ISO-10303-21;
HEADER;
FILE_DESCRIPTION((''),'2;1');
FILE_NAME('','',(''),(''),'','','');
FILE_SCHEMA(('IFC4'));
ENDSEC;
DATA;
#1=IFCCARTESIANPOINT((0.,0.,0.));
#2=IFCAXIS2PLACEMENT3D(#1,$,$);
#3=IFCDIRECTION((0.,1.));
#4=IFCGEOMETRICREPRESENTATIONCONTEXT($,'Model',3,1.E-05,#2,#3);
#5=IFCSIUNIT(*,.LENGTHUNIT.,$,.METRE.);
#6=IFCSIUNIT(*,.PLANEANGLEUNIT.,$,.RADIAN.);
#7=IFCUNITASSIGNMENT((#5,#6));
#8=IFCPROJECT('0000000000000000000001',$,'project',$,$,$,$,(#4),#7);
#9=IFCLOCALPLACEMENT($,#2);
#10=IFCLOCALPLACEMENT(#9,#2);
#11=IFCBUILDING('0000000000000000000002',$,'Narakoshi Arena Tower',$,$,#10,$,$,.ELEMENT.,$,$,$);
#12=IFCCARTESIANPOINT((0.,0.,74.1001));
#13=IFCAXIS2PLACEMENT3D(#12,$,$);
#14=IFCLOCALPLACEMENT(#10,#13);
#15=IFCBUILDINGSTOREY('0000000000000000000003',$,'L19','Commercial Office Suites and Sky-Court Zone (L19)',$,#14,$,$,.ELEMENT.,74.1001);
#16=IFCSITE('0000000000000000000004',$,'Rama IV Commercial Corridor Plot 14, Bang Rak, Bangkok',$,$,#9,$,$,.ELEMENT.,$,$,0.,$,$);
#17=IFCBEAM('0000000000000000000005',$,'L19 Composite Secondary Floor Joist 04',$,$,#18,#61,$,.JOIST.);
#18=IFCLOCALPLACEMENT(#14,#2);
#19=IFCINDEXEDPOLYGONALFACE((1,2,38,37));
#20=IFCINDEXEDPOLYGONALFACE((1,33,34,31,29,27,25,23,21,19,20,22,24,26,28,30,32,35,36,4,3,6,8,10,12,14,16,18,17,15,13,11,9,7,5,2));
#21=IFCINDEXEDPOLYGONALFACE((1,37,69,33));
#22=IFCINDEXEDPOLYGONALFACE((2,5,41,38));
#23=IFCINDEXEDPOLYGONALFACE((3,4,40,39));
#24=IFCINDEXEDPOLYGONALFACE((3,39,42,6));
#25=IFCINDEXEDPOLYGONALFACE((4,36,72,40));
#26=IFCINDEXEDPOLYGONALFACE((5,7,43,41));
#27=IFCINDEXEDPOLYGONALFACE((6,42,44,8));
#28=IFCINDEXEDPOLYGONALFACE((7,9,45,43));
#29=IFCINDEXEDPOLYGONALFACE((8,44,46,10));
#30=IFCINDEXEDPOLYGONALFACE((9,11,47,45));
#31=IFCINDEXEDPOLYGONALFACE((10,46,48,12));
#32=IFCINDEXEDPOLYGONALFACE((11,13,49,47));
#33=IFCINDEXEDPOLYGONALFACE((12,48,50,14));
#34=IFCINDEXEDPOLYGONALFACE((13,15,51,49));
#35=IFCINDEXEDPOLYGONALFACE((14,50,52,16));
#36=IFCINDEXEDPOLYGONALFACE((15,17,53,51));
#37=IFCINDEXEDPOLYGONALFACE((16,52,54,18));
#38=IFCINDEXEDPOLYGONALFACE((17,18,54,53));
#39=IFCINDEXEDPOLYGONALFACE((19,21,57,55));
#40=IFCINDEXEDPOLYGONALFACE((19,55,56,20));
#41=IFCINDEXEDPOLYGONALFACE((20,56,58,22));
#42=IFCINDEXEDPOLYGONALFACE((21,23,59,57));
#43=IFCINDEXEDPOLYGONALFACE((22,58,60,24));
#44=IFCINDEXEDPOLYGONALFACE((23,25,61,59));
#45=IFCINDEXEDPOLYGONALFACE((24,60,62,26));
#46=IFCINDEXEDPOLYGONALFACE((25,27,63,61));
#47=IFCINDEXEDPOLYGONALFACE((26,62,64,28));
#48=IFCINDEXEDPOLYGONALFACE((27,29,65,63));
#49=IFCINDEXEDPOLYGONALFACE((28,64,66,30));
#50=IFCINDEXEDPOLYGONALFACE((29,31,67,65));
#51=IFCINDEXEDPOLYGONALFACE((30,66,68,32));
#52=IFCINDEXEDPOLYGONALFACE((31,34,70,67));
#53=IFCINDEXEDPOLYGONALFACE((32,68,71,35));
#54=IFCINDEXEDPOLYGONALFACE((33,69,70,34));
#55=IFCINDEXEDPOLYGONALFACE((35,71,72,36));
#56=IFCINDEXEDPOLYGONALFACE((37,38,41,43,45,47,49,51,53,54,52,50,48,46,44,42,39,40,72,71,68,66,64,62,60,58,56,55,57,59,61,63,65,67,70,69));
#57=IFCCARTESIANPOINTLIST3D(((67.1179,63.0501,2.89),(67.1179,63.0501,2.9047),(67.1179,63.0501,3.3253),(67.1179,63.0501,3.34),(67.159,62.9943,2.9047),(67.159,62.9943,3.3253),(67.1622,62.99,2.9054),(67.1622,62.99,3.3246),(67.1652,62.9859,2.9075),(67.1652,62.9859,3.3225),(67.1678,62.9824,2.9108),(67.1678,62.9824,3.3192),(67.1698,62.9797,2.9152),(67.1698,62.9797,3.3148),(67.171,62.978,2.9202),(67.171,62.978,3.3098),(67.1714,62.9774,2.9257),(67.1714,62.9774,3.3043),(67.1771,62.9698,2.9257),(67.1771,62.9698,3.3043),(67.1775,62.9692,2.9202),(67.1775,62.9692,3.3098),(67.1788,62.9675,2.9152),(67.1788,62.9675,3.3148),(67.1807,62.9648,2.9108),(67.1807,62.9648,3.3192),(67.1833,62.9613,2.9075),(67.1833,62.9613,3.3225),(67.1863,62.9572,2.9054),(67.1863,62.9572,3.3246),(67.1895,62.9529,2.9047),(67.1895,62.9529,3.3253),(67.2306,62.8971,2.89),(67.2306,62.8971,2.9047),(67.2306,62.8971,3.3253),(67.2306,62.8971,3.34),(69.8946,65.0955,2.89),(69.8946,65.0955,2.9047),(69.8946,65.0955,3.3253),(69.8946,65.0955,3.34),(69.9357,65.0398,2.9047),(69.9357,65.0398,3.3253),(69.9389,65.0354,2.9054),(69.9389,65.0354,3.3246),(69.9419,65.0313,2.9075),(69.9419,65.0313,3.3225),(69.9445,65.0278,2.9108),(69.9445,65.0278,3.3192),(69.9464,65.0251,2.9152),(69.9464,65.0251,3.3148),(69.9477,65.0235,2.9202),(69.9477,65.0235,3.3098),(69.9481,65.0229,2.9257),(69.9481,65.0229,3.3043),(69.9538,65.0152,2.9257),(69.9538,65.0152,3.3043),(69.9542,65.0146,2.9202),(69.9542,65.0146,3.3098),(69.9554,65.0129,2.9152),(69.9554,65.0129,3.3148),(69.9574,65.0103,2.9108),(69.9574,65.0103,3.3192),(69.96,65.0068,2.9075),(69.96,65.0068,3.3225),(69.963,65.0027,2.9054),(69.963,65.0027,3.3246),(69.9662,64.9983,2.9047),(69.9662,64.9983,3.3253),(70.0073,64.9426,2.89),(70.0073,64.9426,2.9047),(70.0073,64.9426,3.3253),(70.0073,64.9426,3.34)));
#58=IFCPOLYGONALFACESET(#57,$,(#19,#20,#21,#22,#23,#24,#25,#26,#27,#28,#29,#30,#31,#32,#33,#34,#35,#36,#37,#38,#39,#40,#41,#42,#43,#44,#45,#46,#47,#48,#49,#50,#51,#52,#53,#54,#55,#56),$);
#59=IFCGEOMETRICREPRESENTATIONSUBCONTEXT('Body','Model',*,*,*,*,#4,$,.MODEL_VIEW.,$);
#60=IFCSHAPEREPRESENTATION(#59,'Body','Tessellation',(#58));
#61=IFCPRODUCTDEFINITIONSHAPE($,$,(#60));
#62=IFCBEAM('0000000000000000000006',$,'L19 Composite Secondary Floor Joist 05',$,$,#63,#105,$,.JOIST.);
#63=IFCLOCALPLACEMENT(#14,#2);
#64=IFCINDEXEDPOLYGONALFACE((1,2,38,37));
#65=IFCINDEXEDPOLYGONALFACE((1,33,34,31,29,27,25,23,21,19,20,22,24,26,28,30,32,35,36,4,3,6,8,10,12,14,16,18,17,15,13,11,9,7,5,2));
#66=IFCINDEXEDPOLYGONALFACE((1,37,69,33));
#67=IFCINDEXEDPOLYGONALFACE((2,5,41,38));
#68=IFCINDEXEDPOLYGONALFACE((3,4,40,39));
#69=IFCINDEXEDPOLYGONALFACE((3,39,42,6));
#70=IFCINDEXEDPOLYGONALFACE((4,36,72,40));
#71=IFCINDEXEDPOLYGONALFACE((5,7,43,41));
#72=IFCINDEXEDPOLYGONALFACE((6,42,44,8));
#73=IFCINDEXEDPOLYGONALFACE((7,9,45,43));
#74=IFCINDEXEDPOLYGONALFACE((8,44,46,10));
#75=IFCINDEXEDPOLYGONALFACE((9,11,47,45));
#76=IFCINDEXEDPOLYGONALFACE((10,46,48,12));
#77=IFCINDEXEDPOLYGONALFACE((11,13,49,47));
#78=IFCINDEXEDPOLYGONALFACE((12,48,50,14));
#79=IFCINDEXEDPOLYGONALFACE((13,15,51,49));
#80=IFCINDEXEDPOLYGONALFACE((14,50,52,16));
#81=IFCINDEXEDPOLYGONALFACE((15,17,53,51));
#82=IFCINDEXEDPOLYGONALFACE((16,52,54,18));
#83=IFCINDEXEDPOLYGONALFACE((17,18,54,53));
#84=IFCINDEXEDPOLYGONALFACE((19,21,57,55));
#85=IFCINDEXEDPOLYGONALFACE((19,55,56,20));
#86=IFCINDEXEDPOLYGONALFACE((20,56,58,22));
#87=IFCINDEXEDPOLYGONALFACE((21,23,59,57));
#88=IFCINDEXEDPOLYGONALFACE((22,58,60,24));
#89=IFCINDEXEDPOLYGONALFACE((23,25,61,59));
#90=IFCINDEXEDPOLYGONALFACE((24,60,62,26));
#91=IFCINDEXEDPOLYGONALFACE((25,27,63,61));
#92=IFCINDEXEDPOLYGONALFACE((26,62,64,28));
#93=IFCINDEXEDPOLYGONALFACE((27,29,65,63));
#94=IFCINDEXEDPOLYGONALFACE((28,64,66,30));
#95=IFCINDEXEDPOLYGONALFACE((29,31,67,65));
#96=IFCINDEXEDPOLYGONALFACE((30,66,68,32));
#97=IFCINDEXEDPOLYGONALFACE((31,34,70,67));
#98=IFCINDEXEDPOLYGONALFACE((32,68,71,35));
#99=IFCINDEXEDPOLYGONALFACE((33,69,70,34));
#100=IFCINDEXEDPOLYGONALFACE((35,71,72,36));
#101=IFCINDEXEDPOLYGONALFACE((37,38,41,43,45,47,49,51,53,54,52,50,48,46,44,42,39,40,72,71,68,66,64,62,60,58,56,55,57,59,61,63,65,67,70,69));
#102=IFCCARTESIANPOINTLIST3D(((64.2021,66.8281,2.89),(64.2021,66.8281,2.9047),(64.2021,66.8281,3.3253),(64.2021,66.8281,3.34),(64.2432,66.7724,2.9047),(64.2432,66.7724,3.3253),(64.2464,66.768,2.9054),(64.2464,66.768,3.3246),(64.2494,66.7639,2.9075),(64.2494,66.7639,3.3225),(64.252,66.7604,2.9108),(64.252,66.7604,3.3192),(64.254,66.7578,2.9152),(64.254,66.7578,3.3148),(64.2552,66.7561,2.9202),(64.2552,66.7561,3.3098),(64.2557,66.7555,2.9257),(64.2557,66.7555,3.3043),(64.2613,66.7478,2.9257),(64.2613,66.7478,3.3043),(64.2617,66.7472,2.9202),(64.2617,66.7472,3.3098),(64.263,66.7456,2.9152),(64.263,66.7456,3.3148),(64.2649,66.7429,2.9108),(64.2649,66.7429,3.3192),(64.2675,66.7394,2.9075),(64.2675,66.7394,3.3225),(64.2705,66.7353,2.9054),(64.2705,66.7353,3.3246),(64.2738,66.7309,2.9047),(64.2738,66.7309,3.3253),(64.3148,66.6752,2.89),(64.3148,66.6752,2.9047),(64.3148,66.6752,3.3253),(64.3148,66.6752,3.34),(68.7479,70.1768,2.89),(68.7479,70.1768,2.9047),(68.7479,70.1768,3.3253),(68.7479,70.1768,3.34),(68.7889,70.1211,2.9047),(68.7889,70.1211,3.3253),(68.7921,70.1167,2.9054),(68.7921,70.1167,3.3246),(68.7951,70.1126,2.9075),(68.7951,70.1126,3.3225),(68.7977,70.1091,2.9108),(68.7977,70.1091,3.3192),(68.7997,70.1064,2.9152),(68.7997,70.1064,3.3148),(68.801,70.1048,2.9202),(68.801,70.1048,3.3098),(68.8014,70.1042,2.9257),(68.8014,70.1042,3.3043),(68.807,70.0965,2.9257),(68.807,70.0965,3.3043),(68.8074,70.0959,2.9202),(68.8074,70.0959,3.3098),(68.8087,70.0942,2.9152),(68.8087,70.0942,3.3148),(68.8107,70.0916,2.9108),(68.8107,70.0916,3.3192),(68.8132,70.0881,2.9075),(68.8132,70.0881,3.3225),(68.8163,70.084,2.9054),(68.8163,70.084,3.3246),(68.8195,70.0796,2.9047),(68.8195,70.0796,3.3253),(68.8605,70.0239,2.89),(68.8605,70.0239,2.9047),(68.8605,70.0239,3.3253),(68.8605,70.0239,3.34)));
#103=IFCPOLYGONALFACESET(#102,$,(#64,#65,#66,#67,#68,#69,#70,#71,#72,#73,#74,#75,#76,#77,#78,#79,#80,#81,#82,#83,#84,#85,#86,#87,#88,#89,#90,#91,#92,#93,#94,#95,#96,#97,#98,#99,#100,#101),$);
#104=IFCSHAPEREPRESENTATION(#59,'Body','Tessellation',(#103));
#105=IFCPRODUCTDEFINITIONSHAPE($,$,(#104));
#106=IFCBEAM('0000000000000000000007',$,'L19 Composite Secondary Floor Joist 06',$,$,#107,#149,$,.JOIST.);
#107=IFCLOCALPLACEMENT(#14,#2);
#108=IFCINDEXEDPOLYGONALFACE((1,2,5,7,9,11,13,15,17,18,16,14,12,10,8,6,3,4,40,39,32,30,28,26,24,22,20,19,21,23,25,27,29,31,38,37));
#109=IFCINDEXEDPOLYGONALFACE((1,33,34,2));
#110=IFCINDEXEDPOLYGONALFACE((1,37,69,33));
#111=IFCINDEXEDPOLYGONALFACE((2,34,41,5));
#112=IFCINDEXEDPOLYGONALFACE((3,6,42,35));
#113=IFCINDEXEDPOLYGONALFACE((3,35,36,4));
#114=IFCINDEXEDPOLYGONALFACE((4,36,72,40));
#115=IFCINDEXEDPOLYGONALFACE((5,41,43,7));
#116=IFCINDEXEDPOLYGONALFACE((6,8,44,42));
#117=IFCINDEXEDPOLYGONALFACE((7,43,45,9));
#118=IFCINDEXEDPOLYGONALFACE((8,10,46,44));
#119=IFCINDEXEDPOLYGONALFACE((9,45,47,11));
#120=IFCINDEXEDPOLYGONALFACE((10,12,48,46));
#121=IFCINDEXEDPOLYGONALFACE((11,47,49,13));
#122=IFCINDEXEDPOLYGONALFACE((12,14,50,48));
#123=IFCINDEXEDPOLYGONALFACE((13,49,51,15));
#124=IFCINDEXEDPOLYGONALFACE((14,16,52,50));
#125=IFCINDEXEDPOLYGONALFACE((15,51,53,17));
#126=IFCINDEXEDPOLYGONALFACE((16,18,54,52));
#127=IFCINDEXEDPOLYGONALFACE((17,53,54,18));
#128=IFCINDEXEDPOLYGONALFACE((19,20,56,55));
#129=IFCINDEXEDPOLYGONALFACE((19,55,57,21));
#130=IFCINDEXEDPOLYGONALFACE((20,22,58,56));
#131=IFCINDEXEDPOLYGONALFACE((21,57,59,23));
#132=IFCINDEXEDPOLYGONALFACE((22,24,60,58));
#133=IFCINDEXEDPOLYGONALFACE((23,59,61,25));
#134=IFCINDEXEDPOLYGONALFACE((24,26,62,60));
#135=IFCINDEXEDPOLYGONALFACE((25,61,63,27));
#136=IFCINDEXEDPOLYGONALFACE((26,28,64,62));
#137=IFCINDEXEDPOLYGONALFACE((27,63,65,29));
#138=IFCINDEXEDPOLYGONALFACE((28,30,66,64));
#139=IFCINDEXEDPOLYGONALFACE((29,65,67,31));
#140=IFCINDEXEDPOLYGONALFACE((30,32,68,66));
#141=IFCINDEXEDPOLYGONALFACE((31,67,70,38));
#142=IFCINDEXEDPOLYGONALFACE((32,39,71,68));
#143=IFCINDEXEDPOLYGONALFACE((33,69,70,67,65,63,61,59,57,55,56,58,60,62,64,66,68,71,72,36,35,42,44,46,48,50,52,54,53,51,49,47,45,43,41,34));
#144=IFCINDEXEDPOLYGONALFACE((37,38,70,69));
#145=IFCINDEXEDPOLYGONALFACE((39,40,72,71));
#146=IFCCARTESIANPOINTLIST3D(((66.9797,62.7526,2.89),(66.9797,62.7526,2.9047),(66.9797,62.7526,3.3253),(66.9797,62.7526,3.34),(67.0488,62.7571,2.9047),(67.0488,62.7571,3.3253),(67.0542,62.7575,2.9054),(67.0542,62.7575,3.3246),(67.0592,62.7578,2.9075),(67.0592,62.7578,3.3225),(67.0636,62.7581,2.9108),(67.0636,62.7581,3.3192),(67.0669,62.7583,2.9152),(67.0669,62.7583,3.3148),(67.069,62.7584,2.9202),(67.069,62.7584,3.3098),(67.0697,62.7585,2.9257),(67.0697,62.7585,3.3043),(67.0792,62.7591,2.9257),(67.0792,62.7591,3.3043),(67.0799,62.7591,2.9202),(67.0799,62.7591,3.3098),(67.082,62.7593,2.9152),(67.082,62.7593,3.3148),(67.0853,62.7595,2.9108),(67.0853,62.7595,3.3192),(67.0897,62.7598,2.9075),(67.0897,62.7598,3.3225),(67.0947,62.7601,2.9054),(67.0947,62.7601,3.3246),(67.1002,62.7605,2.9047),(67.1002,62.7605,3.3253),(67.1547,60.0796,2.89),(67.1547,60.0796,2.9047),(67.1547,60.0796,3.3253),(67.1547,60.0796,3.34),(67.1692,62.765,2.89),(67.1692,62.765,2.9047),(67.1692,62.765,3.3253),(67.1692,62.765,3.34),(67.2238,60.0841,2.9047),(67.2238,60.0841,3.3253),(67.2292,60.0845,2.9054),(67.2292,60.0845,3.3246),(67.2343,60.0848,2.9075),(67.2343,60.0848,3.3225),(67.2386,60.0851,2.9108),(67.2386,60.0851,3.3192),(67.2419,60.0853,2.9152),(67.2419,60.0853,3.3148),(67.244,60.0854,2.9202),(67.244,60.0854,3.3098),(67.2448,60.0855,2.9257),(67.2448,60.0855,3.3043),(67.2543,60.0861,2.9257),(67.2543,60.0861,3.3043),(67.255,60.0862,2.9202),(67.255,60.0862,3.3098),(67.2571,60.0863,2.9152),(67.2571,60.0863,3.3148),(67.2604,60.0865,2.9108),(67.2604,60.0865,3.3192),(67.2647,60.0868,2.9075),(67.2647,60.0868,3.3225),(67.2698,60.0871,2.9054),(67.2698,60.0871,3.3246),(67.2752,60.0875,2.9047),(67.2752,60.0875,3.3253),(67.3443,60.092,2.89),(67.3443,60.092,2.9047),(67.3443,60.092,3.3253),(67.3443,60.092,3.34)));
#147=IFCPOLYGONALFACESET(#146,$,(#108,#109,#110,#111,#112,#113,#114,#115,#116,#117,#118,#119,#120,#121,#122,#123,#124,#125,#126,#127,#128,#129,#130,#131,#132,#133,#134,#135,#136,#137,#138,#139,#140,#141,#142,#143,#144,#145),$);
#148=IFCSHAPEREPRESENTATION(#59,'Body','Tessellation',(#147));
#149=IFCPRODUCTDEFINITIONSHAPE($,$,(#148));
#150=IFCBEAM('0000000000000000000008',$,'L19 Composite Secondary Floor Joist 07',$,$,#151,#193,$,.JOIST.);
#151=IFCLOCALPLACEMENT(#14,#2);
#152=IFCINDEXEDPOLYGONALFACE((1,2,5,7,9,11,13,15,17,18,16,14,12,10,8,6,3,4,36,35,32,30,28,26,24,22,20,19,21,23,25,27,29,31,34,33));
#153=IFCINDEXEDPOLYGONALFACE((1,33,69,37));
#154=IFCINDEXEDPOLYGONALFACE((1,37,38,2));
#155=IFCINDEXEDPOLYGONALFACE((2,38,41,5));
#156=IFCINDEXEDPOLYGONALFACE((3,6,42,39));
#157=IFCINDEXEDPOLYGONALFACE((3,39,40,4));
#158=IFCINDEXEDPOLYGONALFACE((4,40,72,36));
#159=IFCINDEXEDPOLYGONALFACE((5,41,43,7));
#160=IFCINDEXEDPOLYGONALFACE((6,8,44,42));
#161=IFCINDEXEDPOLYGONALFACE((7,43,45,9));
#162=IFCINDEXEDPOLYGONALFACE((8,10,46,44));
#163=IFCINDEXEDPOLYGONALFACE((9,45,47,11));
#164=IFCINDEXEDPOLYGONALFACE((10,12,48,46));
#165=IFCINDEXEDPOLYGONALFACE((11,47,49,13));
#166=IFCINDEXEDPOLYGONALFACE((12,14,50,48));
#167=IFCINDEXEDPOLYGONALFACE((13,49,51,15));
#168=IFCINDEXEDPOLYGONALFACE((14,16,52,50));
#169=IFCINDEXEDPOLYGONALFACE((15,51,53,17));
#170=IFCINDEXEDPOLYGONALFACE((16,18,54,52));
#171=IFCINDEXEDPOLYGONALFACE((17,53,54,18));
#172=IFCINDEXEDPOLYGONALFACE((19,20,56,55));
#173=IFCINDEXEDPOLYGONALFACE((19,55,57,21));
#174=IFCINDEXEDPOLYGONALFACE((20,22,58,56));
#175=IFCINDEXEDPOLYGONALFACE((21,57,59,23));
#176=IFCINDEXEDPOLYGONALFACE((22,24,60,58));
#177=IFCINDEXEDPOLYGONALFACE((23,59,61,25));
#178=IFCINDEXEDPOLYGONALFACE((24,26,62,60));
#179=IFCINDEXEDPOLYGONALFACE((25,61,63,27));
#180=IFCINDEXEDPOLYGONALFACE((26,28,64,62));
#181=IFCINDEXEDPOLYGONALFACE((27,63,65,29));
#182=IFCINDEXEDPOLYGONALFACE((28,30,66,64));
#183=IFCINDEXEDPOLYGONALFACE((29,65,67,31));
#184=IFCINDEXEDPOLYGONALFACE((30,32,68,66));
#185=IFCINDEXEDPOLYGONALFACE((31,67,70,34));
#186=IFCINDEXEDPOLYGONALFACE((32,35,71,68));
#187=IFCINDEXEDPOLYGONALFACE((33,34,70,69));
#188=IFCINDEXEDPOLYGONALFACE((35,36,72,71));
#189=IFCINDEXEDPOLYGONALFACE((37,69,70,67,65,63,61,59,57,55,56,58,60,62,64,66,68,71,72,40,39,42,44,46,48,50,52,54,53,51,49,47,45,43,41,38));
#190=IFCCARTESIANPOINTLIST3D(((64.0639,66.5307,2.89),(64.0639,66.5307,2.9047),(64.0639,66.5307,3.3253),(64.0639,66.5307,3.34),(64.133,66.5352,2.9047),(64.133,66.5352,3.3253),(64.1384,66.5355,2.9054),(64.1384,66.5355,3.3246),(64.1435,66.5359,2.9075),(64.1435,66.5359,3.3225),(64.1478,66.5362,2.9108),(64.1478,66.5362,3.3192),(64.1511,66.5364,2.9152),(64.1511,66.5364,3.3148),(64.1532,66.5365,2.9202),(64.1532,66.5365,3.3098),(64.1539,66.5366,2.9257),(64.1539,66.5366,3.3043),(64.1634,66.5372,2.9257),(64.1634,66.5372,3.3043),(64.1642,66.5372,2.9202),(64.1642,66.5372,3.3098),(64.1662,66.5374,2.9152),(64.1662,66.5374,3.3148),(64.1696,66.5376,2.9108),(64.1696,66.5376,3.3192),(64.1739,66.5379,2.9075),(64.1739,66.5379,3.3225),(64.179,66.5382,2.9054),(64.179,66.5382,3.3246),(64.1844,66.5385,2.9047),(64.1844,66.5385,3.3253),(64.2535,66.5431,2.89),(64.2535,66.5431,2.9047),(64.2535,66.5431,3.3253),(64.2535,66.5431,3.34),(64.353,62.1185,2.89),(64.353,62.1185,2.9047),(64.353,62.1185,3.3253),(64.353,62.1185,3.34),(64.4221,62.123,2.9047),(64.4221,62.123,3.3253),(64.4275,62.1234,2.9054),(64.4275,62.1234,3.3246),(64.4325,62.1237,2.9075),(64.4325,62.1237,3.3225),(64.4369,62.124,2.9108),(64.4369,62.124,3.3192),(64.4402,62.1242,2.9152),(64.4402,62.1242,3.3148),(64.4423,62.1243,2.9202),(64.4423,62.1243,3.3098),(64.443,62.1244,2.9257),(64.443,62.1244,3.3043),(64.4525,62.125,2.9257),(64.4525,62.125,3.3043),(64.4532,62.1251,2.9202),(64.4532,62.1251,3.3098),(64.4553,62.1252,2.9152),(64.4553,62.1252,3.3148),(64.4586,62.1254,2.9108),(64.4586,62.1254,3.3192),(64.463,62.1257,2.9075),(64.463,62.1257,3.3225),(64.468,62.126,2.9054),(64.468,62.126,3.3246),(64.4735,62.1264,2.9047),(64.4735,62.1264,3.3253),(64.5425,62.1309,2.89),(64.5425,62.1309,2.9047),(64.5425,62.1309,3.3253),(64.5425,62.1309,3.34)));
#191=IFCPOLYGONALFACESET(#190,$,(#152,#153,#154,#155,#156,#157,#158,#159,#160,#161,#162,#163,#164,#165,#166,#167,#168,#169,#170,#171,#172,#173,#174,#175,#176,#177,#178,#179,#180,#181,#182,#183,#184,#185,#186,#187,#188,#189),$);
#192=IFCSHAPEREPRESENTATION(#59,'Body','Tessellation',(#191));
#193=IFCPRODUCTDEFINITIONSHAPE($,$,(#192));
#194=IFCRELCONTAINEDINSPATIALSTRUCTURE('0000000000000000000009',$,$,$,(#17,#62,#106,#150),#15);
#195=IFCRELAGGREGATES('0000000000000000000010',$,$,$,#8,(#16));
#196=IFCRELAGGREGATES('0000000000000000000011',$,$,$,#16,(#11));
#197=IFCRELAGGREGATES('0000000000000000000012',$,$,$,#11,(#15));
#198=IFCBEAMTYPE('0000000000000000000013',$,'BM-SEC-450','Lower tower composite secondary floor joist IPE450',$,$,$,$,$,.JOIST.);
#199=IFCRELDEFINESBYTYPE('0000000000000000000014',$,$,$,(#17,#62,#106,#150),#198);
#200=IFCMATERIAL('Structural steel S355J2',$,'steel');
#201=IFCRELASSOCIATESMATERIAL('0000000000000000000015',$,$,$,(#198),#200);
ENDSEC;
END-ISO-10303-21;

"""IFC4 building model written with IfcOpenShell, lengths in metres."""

from ifc_helpers import new_model, si_unit, direction, frame, origin, origin_2d, place, context, subcontext, project, spatial, i_section, extrude, material, material_profile, profile_set, type_object, element, save


model = new_model("IFC4")

# Units and contexts
model_context = context("Model", 3, precision=1e-05, world=origin(), true_north=direction((0.0, 1.0)))
body_context = subcontext(model_context, "Body", "Model", "MODEL_VIEW")
ifc_project = project(units=[si_unit("LENGTHUNIT", "METRE"), si_unit("PLANEANGLEUNIT", "RADIAN")], contexts=[model_context])

# Site, building, storey
site_placement = place(None, origin())
site = spatial("IfcSite", under=ifc_project, at=site_placement, Name="Rama IV Commercial Corridor Plot 14, Bang Rak, Bangkok", CompositionType="ELEMENT", RefElevation=0.0)
building_placement = place(site_placement, origin())
building = spatial("IfcBuilding", under=site, at=building_placement, Name="Narakoshi Arena Tower", CompositionType="ELEMENT")
storey_placement = place(building_placement, frame((0.0, 0.0, 74.1001)))
storey = spatial("IfcBuildingStorey", under=building, at=storey_placement, Name="L19", Description="Commercial Office Suites and Sky-Court Zone (L19)", CompositionType="ELEMENT", Elevation=74.1001)

# Beams
ifc_material_1 = material(Name="Structural steel S355J2", Category="steel")
ifc_material_profile_1 = material_profile(ifc_material_1, i_section(OverallWidth=0.1899, OverallDepth=0.45, WebThickness=0.0095, FlangeThickness=0.0146, FilletRadius=0.021, at=origin_2d()), Name="IPE450")
ifc_profile_set_1 = profile_set([ifc_material_profile_1], Name="Structural steel S355J2")
beam_type_1 = type_object("IfcBeamType", Name="BM-SEC-450", Description="Lower tower composite secondary floor joist IPE450", PredefinedType="JOIST", material=ifc_profile_set_1)
beam_1_placement = place(storey_placement, frame((69.9509, 65.019, 3.115), z_axis=(-0.805127, -0.593102, 0.0), x_axis=(0.593102, -0.805127, 0.0)))
element("IfcBeam", 1, at=beam_1_placement, inside=storey, type_object=beam_type_1, Name="L19 Composite Secondary Floor Joist 04", PredefinedType="JOIST", context=body_context, shape_type="SweptSolid", body=[
    extrude(i_section(OverallWidth=0.1899, OverallDepth=0.45, WebThickness=0.0095, FlangeThickness=0.0146, FilletRadius=0.021, at=origin_2d()), origin(), (0.0, 0.0, 1.0), 3.4487),
])
beam_2_placement = place(storey_placement, frame((68.8042, 70.1003, 3.115), z_axis=(-0.805123, -0.593108, 0.0), x_axis=(0.593108, -0.805123, 0.0)))
element("IfcBeam", 2, at=beam_2_placement, inside=storey, type_object=beam_type_1, Name="L19 Composite Secondary Floor Joist 05", PredefinedType="JOIST", context=body_context, shape_type="SweptSolid", body=[
    extrude(i_section(OverallWidth=0.1899, OverallDepth=0.45, WebThickness=0.0095, FlangeThickness=0.0146, FilletRadius=0.021, at=origin_2d()), origin(), (0.0, 0.0, 1.0), 5.646),
])
beam_3_placement = place(storey_placement, frame((67.0745, 62.7588, 3.115), z_axis=(0.065345, -0.997863, 0.0), x_axis=(0.997863, 0.065345, 0.0)))
element("IfcBeam", 3, at=beam_3_placement, inside=storey, type_object=beam_type_1, Name="L19 Composite Secondary Floor Joist 06", PredefinedType="JOIST", context=body_context, shape_type="SweptSolid", body=[
    extrude(i_section(OverallWidth=0.1899, OverallDepth=0.45, WebThickness=0.0095, FlangeThickness=0.0146, FilletRadius=0.021, at=origin_2d()), origin(), (0.0, 0.0, 1.0), 2.6787),
])
beam_4_placement = place(storey_placement, frame((64.1587, 66.5369, 3.115), z_axis=(0.065376, -0.997861, 0.0), x_axis=(0.997861, 0.065376, 0.0)))
element("IfcBeam", 4, at=beam_4_placement, inside=storey, type_object=beam_type_1, Name="L19 Composite Secondary Floor Joist 07", PredefinedType="JOIST", context=body_context, shape_type="SweptSolid", body=[
    extrude(i_section(OverallWidth=0.1899, OverallDepth=0.45, WebThickness=0.0095, FlangeThickness=0.0146, FilletRadius=0.021, at=origin_2d()), origin(), (0.0, 0.0, 1.0), 4.4216),
])

save(model, "model.ifc")
